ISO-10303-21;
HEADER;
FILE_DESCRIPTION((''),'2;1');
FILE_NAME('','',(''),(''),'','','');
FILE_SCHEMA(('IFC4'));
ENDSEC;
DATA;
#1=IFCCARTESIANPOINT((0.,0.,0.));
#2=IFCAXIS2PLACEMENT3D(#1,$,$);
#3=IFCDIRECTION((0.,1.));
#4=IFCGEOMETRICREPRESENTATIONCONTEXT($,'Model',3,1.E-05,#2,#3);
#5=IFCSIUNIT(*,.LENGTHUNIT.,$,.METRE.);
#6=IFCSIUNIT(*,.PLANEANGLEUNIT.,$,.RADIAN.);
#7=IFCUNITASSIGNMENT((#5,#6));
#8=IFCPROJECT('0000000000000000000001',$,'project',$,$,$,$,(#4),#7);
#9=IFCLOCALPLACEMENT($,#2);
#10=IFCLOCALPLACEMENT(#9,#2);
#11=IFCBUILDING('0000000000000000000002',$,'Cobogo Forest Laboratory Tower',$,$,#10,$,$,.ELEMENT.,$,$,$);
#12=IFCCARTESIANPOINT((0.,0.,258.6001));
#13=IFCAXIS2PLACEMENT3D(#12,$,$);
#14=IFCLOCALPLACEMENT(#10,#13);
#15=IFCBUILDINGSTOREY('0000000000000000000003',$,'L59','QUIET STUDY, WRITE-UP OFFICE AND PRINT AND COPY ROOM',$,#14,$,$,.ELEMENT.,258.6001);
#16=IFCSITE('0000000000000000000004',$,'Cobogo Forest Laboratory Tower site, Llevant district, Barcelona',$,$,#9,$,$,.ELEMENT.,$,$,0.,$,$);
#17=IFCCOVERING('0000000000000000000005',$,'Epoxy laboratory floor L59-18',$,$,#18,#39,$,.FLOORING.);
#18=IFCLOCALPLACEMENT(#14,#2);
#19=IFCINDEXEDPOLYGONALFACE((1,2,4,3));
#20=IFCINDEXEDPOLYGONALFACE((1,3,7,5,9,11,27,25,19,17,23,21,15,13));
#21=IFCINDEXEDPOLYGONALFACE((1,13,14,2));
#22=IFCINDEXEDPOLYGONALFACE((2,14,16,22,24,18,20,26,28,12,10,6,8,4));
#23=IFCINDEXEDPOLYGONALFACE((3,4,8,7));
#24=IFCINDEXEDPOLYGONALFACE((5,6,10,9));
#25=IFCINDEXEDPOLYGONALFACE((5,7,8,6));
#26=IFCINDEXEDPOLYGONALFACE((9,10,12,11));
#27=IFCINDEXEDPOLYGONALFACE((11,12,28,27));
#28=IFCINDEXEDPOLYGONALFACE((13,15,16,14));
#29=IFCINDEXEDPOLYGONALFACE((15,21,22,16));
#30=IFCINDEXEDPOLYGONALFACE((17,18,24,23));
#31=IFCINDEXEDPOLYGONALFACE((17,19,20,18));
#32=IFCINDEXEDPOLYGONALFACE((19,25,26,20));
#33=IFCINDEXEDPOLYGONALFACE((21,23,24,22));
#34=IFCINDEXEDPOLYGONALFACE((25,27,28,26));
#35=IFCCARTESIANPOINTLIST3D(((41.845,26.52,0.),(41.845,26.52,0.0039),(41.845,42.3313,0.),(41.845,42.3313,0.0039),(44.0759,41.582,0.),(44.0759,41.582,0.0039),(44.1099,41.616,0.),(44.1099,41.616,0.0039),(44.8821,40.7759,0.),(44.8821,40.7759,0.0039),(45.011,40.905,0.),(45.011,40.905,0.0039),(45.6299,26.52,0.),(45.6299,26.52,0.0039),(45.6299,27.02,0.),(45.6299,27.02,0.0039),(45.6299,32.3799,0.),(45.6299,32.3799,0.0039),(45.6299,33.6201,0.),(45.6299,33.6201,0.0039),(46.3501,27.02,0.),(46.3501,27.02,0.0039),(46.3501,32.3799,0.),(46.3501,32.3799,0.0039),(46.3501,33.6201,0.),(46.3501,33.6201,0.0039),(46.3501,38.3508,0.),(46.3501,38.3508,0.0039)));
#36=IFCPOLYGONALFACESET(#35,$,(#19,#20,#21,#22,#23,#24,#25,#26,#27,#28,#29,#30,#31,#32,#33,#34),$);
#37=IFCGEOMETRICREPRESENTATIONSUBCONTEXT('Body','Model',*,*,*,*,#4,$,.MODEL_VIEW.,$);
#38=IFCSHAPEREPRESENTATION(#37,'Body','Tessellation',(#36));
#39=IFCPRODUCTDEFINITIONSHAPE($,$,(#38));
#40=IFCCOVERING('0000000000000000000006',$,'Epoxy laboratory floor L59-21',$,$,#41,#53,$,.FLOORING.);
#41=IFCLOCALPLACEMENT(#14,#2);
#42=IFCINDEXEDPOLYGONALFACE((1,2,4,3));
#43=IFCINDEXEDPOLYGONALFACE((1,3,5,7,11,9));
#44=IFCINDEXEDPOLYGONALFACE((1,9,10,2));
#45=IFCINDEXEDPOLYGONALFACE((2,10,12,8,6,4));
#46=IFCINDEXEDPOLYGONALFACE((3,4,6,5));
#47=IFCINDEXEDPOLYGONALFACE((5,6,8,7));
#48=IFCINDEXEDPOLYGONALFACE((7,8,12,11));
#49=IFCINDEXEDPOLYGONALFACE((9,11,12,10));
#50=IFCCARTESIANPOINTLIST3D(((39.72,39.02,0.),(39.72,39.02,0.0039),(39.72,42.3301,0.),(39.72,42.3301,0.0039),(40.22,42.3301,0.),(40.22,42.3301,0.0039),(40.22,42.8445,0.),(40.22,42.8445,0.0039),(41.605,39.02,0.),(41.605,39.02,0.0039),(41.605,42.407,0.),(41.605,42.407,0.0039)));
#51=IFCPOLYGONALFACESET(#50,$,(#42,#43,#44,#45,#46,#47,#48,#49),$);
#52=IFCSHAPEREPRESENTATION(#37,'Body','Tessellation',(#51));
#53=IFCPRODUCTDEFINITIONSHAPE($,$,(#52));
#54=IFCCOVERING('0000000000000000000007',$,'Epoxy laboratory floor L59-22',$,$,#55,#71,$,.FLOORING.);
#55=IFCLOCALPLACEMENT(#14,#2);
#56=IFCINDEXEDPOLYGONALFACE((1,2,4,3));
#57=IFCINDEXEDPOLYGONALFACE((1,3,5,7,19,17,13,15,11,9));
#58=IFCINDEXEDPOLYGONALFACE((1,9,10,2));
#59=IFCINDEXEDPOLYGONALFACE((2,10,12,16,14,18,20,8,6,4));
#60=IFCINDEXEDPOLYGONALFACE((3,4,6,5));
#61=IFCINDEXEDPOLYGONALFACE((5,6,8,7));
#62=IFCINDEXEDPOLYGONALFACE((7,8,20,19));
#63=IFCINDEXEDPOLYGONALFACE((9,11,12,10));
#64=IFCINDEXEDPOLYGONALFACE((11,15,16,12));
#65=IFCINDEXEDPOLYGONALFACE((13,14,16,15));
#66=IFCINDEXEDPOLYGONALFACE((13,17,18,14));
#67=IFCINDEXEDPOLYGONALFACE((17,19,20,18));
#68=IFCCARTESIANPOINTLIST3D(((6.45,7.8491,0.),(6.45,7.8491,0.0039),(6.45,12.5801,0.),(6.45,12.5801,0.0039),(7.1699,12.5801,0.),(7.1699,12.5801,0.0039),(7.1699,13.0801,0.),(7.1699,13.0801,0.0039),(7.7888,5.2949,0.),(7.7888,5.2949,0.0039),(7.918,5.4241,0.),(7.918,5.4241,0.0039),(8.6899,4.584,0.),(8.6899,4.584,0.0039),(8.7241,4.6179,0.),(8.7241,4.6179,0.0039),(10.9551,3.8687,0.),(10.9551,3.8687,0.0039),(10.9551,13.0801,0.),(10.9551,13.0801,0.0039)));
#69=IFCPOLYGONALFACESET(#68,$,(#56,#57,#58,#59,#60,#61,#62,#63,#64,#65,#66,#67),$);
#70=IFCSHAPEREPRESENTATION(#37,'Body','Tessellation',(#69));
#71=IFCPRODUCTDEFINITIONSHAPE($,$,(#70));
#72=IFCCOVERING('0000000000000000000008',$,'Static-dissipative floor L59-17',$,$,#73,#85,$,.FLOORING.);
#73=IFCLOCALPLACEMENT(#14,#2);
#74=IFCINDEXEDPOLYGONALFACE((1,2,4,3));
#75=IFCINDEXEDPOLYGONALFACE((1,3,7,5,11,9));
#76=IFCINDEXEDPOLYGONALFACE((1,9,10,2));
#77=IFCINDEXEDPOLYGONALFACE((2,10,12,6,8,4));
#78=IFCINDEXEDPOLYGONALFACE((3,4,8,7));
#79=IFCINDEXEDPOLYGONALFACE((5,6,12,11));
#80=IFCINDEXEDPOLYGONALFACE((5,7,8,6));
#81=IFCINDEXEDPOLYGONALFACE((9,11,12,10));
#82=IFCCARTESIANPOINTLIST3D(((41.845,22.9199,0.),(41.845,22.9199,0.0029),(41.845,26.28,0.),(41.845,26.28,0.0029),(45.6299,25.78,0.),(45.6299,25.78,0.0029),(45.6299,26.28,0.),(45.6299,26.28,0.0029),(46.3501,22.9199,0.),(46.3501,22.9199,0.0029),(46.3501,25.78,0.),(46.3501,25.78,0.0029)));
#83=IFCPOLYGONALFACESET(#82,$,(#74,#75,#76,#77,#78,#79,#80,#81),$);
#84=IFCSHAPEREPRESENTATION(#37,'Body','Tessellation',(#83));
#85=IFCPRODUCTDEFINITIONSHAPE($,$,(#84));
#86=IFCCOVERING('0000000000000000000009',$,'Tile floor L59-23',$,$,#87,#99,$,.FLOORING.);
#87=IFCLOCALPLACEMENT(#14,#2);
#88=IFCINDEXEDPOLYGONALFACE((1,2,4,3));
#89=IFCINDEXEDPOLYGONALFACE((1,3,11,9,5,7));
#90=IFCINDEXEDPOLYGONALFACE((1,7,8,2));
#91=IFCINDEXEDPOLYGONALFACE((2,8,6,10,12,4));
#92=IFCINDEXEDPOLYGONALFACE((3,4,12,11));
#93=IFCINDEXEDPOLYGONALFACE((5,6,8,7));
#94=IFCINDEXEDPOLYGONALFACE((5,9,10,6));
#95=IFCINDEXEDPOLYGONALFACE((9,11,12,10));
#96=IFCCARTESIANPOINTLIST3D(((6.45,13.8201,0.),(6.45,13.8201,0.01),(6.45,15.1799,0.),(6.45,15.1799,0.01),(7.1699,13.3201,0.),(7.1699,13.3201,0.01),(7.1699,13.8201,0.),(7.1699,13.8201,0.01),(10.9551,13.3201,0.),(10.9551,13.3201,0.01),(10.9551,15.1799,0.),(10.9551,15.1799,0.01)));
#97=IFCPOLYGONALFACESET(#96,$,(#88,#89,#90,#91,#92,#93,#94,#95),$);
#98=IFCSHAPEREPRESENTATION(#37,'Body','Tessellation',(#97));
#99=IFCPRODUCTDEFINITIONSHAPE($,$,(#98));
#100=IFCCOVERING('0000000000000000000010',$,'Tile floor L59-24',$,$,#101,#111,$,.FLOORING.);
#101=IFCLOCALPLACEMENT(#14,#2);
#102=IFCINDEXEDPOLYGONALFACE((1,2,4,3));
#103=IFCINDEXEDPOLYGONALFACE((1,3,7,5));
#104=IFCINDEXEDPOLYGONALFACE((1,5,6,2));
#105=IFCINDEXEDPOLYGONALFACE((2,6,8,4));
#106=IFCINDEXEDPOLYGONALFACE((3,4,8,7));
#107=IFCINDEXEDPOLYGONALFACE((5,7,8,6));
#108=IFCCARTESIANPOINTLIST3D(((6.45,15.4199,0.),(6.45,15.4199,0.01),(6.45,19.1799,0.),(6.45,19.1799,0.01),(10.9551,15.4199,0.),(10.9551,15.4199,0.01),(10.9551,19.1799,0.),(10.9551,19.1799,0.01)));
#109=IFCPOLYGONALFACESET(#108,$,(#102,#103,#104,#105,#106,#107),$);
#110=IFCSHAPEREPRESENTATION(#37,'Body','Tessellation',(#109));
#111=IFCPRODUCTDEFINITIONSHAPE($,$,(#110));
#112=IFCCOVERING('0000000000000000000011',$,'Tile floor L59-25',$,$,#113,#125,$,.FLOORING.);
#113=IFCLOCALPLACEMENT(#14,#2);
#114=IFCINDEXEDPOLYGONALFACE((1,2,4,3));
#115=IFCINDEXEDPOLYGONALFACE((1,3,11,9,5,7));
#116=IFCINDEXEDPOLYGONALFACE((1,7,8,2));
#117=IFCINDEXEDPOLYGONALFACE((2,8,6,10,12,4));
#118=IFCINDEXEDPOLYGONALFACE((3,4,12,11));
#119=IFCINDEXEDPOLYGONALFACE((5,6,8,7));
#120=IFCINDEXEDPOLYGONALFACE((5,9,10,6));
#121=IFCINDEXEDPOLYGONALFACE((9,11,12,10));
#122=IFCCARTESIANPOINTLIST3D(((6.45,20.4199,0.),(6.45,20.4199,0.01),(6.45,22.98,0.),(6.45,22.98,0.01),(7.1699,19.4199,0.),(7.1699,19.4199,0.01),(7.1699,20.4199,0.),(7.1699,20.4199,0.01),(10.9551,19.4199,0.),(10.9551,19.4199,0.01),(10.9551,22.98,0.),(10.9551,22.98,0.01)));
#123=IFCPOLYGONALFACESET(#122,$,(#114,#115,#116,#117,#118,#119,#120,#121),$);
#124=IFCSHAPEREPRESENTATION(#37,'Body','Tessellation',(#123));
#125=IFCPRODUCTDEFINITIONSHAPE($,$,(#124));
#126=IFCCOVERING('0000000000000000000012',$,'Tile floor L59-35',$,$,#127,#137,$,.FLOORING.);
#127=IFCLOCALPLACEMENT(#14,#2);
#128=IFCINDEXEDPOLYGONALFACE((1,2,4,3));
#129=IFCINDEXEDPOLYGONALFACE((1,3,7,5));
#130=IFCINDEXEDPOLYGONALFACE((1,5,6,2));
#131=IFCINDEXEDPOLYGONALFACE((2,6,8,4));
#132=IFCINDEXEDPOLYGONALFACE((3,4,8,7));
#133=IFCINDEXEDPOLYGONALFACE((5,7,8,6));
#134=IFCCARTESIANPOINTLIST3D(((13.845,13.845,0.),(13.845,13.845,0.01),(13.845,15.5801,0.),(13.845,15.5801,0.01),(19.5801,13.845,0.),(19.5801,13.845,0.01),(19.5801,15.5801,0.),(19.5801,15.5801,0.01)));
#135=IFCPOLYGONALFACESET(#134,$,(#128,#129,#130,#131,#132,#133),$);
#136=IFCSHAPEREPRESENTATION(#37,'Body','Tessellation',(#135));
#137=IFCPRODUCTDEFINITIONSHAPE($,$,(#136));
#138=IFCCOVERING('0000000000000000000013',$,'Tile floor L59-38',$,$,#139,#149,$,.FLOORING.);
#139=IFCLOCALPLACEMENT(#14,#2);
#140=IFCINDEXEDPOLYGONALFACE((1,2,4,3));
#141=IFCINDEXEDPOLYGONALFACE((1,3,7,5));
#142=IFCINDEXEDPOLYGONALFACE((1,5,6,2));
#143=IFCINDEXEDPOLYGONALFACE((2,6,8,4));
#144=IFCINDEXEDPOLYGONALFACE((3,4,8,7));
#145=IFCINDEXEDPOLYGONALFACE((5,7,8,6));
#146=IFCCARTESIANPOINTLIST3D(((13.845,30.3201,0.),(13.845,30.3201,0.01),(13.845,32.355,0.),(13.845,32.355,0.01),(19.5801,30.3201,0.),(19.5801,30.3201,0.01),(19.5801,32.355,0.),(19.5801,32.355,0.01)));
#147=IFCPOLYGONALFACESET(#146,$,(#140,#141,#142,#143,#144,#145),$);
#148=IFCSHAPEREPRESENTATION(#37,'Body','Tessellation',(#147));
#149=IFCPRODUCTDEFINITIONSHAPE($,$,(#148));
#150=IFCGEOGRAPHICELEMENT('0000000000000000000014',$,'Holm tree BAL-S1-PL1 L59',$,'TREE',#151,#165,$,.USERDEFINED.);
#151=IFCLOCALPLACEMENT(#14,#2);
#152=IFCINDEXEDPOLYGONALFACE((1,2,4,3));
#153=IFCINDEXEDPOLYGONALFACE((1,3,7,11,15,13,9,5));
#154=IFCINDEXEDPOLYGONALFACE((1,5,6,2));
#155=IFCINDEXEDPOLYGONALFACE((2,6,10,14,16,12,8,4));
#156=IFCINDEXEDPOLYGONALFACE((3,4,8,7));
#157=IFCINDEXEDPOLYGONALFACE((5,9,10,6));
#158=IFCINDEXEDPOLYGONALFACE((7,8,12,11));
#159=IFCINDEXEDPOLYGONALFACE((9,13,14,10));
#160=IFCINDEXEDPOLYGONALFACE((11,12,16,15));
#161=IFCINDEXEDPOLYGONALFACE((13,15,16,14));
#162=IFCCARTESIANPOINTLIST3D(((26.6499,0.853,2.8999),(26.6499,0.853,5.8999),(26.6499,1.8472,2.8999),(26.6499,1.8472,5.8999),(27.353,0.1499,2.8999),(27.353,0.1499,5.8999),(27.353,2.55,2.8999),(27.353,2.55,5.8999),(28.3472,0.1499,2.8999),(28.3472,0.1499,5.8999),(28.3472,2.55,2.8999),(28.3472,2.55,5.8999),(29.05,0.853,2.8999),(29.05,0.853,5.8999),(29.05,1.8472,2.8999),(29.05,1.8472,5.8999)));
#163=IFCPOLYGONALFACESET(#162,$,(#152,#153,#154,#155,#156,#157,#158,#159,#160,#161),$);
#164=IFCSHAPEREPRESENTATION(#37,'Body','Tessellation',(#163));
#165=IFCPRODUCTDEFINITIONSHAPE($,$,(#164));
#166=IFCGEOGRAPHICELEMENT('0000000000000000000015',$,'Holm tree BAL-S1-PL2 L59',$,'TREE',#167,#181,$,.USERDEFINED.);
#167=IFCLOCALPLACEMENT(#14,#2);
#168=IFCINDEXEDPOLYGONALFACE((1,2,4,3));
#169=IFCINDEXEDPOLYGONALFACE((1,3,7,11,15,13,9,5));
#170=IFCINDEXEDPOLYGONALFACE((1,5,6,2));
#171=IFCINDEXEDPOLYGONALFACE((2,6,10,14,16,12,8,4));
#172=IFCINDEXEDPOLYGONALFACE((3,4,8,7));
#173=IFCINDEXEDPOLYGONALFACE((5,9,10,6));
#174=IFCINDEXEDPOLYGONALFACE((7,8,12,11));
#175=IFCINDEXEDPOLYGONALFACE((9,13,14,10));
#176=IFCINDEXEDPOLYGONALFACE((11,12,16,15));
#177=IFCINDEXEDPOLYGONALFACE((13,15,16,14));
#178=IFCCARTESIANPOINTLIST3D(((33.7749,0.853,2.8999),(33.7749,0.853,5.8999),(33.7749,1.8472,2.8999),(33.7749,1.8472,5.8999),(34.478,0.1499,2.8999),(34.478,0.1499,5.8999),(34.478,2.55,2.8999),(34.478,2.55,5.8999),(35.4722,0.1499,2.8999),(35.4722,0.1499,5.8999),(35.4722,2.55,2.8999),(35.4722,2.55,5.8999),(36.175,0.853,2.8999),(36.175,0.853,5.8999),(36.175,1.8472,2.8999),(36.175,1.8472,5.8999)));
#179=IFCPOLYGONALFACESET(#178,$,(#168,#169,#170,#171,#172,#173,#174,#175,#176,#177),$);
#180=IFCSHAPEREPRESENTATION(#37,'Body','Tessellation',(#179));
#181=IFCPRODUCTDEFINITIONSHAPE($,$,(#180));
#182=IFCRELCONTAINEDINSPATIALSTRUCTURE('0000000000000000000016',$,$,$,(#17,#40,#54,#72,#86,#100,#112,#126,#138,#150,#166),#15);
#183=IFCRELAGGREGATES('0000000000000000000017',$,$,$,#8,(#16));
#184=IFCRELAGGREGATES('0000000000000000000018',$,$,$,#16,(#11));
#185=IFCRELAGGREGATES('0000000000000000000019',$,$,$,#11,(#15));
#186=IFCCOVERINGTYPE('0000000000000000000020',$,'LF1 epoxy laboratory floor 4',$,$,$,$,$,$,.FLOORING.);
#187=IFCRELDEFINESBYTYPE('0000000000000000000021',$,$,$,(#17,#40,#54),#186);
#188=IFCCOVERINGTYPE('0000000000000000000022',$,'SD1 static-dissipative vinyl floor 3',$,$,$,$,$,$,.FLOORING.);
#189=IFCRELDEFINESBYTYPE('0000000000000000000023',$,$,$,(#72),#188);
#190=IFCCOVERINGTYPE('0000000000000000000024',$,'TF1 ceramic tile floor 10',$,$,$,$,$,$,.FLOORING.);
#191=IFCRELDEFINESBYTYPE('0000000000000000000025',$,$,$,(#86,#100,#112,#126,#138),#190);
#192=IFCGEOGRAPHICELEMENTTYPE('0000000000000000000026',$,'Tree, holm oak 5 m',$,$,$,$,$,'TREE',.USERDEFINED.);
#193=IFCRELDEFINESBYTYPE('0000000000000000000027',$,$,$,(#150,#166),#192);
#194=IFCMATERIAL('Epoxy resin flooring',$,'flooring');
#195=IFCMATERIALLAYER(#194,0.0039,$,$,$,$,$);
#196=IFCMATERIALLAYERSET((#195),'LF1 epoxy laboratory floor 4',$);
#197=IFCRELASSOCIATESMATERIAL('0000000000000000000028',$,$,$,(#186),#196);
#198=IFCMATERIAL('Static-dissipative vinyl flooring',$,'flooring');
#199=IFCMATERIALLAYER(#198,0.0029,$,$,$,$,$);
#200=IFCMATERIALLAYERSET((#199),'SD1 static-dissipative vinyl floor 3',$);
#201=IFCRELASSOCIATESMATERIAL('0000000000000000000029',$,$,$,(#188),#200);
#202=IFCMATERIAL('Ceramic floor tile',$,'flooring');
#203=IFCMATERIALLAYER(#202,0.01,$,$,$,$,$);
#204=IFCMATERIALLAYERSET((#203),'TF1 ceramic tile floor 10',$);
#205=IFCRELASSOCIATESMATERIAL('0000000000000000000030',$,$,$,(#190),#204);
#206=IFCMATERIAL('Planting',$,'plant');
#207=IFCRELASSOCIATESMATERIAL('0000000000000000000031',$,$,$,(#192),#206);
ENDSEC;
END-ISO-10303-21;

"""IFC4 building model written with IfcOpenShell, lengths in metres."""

from ifc_helpers import new_model, si_unit, direction, frame, origin, place, context, subcontext, project, spatial, polyline, outline, extrude, material, layer, layer_set, type_object, element, save


model = new_model("IFC4")

# Units and contexts
model_context = context("Model", 3, precision=1e-05, world=origin(), true_north=direction((0.0, 1.0)))
body_context = subcontext(model_context, "Body", "Model", "MODEL_VIEW")
ifc_project = project(units=[si_unit("LENGTHUNIT", "METRE"), si_unit("PLANEANGLEUNIT", "RADIAN")], contexts=[model_context])

# Site, building, storey
site_placement = place(None, origin())
site = spatial("IfcSite", under=ifc_project, at=site_placement, Name="Cobogo Forest Laboratory Tower site, Llevant district, Barcelona", CompositionType="ELEMENT", RefElevation=0.0)
building_placement = place(site_placement, origin())
building = spatial("IfcBuilding", under=site, at=building_placement, Name="Cobogo Forest Laboratory Tower", CompositionType="ELEMENT")
storey_placement = place(building_placement, frame((0.0, 0.0, 258.6001)))
storey = spatial("IfcBuildingStorey", under=building, at=storey_placement, Name="L59", Description="QUIET STUDY, WRITE-UP OFFICE AND PRINT AND COPY ROOM", CompositionType="ELEMENT", Elevation=258.6001)

# Coverings
ifc_material_1 = material(Name="Epoxy resin flooring", Category="flooring")
ifc_layer_1 = layer(ifc_material_1, 0.0039)
ifc_layer_set_1 = layer_set([ifc_layer_1], Name="LF1 epoxy laboratory floor 4")
covering_type_1 = type_object("IfcCoveringType", Name="LF1 epoxy laboratory floor 4", PredefinedType="FLOORING", material=ifc_layer_set_1)
covering_1_placement = place(storey_placement, origin())
element("IfcCovering", 1, at=covering_1_placement, inside=storey, type_object=covering_type_1, Name="Epoxy laboratory floor L59-18", PredefinedType="FLOORING", context=body_context, shape_type="SweptSolid", body=[
    extrude(outline(polyline([(41.845, 42.3313), (44.1099, 41.616), (44.0759, 41.582), (44.8821, 40.7759), (45.011, 40.905), (46.3501, 38.3508), (46.3501, 33.6201), (45.6299, 33.6201), (45.6299, 32.3799), (46.3501, 32.3799), (46.3501, 27.02), (45.6299, 27.02), (45.6299, 26.52), (41.845, 26.52), (41.845, 42.3313)])), origin(), (0.0, 0.0, 1.0), 0.0039),
])
covering_2_placement = place(storey_placement, origin())
element("IfcCovering", 2, at=covering_2_placement, inside=storey, type_object=covering_type_1, Name="Epoxy laboratory floor L59-21", PredefinedType="FLOORING", context=body_context, shape_type="SweptSolid", body=[
    extrude(outline(polyline([(39.72, 39.02), (39.72, 42.3301), (40.22, 42.3301), (40.22, 42.8445), (41.605, 42.407), (41.605, 39.02), (39.72, 39.02)])), origin(), (0.0, 0.0, 1.0), 0.0039),
])
covering_3_placement = place(storey_placement, origin())
element("IfcCovering", 3, at=covering_3_placement, inside=storey, type_object=covering_type_1, Name="Epoxy laboratory floor L59-22", PredefinedType="FLOORING", context=body_context, shape_type="SweptSolid", body=[
    extrude(outline(polyline([(8.6899, 4.584), (8.7241, 4.6179), (7.918, 5.4241), (7.7888, 5.2949), (6.45, 7.8491), (6.45, 12.5801), (7.1699, 12.5801), (7.1699, 13.0801), (10.9551, 13.0801), (10.9551, 3.8687), (8.6899, 4.584)])), origin(), (0.0, 0.0, 1.0), 0.0039),
])
ifc_material_2 = material(Name="Static-dissipative vinyl flooring", Category="flooring")
ifc_layer_2 = layer(ifc_material_2, 0.0029)
ifc_layer_set_2 = layer_set([ifc_layer_2], Name="SD1 static-dissipative vinyl floor 3")
covering_type_2 = type_object("IfcCoveringType", Name="SD1 static-dissipative vinyl floor 3", PredefinedType="FLOORING", material=ifc_layer_set_2)
covering_4_placement = place(storey_placement, origin())
element("IfcCovering", 4, at=covering_4_placement, inside=storey, type_object=covering_type_2, Name="Static-dissipative floor L59-17", PredefinedType="FLOORING", context=body_context, shape_type="SweptSolid", body=[
    extrude(outline(polyline([(41.845, 26.28), (45.6299, 26.28), (45.6299, 25.78), (46.3501, 25.78), (46.3501, 22.9199), (41.845, 22.9199), (41.845, 26.28)])), origin(), (0.0, 0.0, 1.0), 0.0029),
])
ifc_material_3 = material(Name="Ceramic floor tile", Category="flooring")
ifc_layer_3 = layer(ifc_material_3, 0.01)
ifc_layer_set_3 = layer_set([ifc_layer_3], Name="TF1 ceramic tile floor 10")
covering_type_3 = type_object("IfcCoveringType", Name="TF1 ceramic tile floor 10", PredefinedType="FLOORING", material=ifc_layer_set_3)
covering_5_placement = place(storey_placement, origin())
element("IfcCovering", 5, at=covering_5_placement, inside=storey, type_object=covering_type_3, Name="Tile floor L59-23", PredefinedType="FLOORING", context=body_context, shape_type="SweptSolid", body=[
    extrude(outline(polyline([(10.9551, 13.3201), (7.1699, 13.3201), (7.1699, 13.8201), (6.45, 13.8201), (6.45, 15.1799), (10.9551, 15.1799), (10.9551, 13.3201)])), origin(), (0.0, 0.0, 1.0), 0.01),
])
covering_6_placement = place(storey_placement, origin())
element("IfcCovering", 6, at=covering_6_placement, inside=storey, type_object=covering_type_3, Name="Tile floor L59-24", PredefinedType="FLOORING", context=body_context, shape_type="SweptSolid", body=[
    extrude(outline(polyline([(10.9551, 15.4199), (6.45, 15.4199), (6.45, 19.1799), (10.9551, 19.1799), (10.9551, 15.4199)])), origin(), (0.0, 0.0, 1.0), 0.01),
])
covering_7_placement = place(storey_placement, origin())
element("IfcCovering", 7, at=covering_7_placement, inside=storey, type_object=covering_type_3, Name="Tile floor L59-25", PredefinedType="FLOORING", context=body_context, shape_type="SweptSolid", body=[
    extrude(outline(polyline([(10.9551, 19.4199), (7.1699, 19.4199), (7.1699, 20.4199), (6.45, 20.4199), (6.45, 22.98), (10.9551, 22.98), (10.9551, 19.4199)])), origin(), (0.0, 0.0, 1.0), 0.01),
])
covering_8_placement = place(storey_placement, origin())
element("IfcCovering", 8, at=covering_8_placement, inside=storey, type_object=covering_type_3, Name="Tile floor L59-35", PredefinedType="FLOORING", context=body_context, shape_type="SweptSolid", body=[
    extrude(outline(polyline([(19.5801, 13.845), (13.845, 13.845), (13.845, 15.5801), (19.5801, 15.5801), (19.5801, 13.845)])), origin(), (0.0, 0.0, 1.0), 0.01),
])
covering_9_placement = place(storey_placement, origin())
element("IfcCovering", 9, at=covering_9_placement, inside=storey, type_object=covering_type_3, Name="Tile floor L59-38", PredefinedType="FLOORING", context=body_context, shape_type="SweptSolid", body=[
    extrude(outline(polyline([(19.5801, 30.3201), (13.845, 30.3201), (13.845, 32.355), (19.5801, 32.355), (19.5801, 30.3201)])), origin(), (0.0, 0.0, 1.0), 0.01),
])

# Geographic elements
ifc_material_4 = material(Name="Planting", Category="plant")
geographic_element_type = type_object("IfcGeographicElementType", Name="Tree, holm oak 5 m", ElementType="TREE", PredefinedType="USERDEFINED", material=ifc_material_4)
geographic_element_1_placement = place(storey_placement, frame((0.0, 0.0, 2.8999)))
element("IfcGeographicElement", 10, at=geographic_element_1_placement, inside=storey, type_object=geographic_element_type, Name="Holm tree BAL-S1-PL1 L59", ObjectType="TREE", PredefinedType="USERDEFINED", context=body_context, shape_type="SweptSolid", body=[
    extrude(outline(polyline([(29.05, 0.853), (29.05, 1.8472), (28.3472, 2.55), (27.353, 2.55), (26.6499, 1.8472), (26.6499, 0.853), (27.353, 0.1499), (28.3472, 0.1499), (29.05, 0.853)])), origin(), (0.0, 0.0, 1.0), 3.0),
])
geographic_element_2_placement = place(storey_placement, frame((0.0, 0.0, 2.8999)))
element("IfcGeographicElement", 11, at=geographic_element_2_placement, inside=storey, type_object=geographic_element_type, Name="Holm tree BAL-S1-PL2 L59", ObjectType="TREE", PredefinedType="USERDEFINED", context=body_context, shape_type="SweptSolid", body=[
    extrude(outline(polyline([(36.175, 0.853), (36.175, 1.8472), (35.4722, 2.55), (34.478, 2.55), (33.7749, 1.8472), (33.7749, 0.853), (34.478, 0.1499), (35.4722, 0.1499), (36.175, 0.853)])), origin(), (0.0, 0.0, 1.0), 3.0),
])

save(model, "model.ifc")
